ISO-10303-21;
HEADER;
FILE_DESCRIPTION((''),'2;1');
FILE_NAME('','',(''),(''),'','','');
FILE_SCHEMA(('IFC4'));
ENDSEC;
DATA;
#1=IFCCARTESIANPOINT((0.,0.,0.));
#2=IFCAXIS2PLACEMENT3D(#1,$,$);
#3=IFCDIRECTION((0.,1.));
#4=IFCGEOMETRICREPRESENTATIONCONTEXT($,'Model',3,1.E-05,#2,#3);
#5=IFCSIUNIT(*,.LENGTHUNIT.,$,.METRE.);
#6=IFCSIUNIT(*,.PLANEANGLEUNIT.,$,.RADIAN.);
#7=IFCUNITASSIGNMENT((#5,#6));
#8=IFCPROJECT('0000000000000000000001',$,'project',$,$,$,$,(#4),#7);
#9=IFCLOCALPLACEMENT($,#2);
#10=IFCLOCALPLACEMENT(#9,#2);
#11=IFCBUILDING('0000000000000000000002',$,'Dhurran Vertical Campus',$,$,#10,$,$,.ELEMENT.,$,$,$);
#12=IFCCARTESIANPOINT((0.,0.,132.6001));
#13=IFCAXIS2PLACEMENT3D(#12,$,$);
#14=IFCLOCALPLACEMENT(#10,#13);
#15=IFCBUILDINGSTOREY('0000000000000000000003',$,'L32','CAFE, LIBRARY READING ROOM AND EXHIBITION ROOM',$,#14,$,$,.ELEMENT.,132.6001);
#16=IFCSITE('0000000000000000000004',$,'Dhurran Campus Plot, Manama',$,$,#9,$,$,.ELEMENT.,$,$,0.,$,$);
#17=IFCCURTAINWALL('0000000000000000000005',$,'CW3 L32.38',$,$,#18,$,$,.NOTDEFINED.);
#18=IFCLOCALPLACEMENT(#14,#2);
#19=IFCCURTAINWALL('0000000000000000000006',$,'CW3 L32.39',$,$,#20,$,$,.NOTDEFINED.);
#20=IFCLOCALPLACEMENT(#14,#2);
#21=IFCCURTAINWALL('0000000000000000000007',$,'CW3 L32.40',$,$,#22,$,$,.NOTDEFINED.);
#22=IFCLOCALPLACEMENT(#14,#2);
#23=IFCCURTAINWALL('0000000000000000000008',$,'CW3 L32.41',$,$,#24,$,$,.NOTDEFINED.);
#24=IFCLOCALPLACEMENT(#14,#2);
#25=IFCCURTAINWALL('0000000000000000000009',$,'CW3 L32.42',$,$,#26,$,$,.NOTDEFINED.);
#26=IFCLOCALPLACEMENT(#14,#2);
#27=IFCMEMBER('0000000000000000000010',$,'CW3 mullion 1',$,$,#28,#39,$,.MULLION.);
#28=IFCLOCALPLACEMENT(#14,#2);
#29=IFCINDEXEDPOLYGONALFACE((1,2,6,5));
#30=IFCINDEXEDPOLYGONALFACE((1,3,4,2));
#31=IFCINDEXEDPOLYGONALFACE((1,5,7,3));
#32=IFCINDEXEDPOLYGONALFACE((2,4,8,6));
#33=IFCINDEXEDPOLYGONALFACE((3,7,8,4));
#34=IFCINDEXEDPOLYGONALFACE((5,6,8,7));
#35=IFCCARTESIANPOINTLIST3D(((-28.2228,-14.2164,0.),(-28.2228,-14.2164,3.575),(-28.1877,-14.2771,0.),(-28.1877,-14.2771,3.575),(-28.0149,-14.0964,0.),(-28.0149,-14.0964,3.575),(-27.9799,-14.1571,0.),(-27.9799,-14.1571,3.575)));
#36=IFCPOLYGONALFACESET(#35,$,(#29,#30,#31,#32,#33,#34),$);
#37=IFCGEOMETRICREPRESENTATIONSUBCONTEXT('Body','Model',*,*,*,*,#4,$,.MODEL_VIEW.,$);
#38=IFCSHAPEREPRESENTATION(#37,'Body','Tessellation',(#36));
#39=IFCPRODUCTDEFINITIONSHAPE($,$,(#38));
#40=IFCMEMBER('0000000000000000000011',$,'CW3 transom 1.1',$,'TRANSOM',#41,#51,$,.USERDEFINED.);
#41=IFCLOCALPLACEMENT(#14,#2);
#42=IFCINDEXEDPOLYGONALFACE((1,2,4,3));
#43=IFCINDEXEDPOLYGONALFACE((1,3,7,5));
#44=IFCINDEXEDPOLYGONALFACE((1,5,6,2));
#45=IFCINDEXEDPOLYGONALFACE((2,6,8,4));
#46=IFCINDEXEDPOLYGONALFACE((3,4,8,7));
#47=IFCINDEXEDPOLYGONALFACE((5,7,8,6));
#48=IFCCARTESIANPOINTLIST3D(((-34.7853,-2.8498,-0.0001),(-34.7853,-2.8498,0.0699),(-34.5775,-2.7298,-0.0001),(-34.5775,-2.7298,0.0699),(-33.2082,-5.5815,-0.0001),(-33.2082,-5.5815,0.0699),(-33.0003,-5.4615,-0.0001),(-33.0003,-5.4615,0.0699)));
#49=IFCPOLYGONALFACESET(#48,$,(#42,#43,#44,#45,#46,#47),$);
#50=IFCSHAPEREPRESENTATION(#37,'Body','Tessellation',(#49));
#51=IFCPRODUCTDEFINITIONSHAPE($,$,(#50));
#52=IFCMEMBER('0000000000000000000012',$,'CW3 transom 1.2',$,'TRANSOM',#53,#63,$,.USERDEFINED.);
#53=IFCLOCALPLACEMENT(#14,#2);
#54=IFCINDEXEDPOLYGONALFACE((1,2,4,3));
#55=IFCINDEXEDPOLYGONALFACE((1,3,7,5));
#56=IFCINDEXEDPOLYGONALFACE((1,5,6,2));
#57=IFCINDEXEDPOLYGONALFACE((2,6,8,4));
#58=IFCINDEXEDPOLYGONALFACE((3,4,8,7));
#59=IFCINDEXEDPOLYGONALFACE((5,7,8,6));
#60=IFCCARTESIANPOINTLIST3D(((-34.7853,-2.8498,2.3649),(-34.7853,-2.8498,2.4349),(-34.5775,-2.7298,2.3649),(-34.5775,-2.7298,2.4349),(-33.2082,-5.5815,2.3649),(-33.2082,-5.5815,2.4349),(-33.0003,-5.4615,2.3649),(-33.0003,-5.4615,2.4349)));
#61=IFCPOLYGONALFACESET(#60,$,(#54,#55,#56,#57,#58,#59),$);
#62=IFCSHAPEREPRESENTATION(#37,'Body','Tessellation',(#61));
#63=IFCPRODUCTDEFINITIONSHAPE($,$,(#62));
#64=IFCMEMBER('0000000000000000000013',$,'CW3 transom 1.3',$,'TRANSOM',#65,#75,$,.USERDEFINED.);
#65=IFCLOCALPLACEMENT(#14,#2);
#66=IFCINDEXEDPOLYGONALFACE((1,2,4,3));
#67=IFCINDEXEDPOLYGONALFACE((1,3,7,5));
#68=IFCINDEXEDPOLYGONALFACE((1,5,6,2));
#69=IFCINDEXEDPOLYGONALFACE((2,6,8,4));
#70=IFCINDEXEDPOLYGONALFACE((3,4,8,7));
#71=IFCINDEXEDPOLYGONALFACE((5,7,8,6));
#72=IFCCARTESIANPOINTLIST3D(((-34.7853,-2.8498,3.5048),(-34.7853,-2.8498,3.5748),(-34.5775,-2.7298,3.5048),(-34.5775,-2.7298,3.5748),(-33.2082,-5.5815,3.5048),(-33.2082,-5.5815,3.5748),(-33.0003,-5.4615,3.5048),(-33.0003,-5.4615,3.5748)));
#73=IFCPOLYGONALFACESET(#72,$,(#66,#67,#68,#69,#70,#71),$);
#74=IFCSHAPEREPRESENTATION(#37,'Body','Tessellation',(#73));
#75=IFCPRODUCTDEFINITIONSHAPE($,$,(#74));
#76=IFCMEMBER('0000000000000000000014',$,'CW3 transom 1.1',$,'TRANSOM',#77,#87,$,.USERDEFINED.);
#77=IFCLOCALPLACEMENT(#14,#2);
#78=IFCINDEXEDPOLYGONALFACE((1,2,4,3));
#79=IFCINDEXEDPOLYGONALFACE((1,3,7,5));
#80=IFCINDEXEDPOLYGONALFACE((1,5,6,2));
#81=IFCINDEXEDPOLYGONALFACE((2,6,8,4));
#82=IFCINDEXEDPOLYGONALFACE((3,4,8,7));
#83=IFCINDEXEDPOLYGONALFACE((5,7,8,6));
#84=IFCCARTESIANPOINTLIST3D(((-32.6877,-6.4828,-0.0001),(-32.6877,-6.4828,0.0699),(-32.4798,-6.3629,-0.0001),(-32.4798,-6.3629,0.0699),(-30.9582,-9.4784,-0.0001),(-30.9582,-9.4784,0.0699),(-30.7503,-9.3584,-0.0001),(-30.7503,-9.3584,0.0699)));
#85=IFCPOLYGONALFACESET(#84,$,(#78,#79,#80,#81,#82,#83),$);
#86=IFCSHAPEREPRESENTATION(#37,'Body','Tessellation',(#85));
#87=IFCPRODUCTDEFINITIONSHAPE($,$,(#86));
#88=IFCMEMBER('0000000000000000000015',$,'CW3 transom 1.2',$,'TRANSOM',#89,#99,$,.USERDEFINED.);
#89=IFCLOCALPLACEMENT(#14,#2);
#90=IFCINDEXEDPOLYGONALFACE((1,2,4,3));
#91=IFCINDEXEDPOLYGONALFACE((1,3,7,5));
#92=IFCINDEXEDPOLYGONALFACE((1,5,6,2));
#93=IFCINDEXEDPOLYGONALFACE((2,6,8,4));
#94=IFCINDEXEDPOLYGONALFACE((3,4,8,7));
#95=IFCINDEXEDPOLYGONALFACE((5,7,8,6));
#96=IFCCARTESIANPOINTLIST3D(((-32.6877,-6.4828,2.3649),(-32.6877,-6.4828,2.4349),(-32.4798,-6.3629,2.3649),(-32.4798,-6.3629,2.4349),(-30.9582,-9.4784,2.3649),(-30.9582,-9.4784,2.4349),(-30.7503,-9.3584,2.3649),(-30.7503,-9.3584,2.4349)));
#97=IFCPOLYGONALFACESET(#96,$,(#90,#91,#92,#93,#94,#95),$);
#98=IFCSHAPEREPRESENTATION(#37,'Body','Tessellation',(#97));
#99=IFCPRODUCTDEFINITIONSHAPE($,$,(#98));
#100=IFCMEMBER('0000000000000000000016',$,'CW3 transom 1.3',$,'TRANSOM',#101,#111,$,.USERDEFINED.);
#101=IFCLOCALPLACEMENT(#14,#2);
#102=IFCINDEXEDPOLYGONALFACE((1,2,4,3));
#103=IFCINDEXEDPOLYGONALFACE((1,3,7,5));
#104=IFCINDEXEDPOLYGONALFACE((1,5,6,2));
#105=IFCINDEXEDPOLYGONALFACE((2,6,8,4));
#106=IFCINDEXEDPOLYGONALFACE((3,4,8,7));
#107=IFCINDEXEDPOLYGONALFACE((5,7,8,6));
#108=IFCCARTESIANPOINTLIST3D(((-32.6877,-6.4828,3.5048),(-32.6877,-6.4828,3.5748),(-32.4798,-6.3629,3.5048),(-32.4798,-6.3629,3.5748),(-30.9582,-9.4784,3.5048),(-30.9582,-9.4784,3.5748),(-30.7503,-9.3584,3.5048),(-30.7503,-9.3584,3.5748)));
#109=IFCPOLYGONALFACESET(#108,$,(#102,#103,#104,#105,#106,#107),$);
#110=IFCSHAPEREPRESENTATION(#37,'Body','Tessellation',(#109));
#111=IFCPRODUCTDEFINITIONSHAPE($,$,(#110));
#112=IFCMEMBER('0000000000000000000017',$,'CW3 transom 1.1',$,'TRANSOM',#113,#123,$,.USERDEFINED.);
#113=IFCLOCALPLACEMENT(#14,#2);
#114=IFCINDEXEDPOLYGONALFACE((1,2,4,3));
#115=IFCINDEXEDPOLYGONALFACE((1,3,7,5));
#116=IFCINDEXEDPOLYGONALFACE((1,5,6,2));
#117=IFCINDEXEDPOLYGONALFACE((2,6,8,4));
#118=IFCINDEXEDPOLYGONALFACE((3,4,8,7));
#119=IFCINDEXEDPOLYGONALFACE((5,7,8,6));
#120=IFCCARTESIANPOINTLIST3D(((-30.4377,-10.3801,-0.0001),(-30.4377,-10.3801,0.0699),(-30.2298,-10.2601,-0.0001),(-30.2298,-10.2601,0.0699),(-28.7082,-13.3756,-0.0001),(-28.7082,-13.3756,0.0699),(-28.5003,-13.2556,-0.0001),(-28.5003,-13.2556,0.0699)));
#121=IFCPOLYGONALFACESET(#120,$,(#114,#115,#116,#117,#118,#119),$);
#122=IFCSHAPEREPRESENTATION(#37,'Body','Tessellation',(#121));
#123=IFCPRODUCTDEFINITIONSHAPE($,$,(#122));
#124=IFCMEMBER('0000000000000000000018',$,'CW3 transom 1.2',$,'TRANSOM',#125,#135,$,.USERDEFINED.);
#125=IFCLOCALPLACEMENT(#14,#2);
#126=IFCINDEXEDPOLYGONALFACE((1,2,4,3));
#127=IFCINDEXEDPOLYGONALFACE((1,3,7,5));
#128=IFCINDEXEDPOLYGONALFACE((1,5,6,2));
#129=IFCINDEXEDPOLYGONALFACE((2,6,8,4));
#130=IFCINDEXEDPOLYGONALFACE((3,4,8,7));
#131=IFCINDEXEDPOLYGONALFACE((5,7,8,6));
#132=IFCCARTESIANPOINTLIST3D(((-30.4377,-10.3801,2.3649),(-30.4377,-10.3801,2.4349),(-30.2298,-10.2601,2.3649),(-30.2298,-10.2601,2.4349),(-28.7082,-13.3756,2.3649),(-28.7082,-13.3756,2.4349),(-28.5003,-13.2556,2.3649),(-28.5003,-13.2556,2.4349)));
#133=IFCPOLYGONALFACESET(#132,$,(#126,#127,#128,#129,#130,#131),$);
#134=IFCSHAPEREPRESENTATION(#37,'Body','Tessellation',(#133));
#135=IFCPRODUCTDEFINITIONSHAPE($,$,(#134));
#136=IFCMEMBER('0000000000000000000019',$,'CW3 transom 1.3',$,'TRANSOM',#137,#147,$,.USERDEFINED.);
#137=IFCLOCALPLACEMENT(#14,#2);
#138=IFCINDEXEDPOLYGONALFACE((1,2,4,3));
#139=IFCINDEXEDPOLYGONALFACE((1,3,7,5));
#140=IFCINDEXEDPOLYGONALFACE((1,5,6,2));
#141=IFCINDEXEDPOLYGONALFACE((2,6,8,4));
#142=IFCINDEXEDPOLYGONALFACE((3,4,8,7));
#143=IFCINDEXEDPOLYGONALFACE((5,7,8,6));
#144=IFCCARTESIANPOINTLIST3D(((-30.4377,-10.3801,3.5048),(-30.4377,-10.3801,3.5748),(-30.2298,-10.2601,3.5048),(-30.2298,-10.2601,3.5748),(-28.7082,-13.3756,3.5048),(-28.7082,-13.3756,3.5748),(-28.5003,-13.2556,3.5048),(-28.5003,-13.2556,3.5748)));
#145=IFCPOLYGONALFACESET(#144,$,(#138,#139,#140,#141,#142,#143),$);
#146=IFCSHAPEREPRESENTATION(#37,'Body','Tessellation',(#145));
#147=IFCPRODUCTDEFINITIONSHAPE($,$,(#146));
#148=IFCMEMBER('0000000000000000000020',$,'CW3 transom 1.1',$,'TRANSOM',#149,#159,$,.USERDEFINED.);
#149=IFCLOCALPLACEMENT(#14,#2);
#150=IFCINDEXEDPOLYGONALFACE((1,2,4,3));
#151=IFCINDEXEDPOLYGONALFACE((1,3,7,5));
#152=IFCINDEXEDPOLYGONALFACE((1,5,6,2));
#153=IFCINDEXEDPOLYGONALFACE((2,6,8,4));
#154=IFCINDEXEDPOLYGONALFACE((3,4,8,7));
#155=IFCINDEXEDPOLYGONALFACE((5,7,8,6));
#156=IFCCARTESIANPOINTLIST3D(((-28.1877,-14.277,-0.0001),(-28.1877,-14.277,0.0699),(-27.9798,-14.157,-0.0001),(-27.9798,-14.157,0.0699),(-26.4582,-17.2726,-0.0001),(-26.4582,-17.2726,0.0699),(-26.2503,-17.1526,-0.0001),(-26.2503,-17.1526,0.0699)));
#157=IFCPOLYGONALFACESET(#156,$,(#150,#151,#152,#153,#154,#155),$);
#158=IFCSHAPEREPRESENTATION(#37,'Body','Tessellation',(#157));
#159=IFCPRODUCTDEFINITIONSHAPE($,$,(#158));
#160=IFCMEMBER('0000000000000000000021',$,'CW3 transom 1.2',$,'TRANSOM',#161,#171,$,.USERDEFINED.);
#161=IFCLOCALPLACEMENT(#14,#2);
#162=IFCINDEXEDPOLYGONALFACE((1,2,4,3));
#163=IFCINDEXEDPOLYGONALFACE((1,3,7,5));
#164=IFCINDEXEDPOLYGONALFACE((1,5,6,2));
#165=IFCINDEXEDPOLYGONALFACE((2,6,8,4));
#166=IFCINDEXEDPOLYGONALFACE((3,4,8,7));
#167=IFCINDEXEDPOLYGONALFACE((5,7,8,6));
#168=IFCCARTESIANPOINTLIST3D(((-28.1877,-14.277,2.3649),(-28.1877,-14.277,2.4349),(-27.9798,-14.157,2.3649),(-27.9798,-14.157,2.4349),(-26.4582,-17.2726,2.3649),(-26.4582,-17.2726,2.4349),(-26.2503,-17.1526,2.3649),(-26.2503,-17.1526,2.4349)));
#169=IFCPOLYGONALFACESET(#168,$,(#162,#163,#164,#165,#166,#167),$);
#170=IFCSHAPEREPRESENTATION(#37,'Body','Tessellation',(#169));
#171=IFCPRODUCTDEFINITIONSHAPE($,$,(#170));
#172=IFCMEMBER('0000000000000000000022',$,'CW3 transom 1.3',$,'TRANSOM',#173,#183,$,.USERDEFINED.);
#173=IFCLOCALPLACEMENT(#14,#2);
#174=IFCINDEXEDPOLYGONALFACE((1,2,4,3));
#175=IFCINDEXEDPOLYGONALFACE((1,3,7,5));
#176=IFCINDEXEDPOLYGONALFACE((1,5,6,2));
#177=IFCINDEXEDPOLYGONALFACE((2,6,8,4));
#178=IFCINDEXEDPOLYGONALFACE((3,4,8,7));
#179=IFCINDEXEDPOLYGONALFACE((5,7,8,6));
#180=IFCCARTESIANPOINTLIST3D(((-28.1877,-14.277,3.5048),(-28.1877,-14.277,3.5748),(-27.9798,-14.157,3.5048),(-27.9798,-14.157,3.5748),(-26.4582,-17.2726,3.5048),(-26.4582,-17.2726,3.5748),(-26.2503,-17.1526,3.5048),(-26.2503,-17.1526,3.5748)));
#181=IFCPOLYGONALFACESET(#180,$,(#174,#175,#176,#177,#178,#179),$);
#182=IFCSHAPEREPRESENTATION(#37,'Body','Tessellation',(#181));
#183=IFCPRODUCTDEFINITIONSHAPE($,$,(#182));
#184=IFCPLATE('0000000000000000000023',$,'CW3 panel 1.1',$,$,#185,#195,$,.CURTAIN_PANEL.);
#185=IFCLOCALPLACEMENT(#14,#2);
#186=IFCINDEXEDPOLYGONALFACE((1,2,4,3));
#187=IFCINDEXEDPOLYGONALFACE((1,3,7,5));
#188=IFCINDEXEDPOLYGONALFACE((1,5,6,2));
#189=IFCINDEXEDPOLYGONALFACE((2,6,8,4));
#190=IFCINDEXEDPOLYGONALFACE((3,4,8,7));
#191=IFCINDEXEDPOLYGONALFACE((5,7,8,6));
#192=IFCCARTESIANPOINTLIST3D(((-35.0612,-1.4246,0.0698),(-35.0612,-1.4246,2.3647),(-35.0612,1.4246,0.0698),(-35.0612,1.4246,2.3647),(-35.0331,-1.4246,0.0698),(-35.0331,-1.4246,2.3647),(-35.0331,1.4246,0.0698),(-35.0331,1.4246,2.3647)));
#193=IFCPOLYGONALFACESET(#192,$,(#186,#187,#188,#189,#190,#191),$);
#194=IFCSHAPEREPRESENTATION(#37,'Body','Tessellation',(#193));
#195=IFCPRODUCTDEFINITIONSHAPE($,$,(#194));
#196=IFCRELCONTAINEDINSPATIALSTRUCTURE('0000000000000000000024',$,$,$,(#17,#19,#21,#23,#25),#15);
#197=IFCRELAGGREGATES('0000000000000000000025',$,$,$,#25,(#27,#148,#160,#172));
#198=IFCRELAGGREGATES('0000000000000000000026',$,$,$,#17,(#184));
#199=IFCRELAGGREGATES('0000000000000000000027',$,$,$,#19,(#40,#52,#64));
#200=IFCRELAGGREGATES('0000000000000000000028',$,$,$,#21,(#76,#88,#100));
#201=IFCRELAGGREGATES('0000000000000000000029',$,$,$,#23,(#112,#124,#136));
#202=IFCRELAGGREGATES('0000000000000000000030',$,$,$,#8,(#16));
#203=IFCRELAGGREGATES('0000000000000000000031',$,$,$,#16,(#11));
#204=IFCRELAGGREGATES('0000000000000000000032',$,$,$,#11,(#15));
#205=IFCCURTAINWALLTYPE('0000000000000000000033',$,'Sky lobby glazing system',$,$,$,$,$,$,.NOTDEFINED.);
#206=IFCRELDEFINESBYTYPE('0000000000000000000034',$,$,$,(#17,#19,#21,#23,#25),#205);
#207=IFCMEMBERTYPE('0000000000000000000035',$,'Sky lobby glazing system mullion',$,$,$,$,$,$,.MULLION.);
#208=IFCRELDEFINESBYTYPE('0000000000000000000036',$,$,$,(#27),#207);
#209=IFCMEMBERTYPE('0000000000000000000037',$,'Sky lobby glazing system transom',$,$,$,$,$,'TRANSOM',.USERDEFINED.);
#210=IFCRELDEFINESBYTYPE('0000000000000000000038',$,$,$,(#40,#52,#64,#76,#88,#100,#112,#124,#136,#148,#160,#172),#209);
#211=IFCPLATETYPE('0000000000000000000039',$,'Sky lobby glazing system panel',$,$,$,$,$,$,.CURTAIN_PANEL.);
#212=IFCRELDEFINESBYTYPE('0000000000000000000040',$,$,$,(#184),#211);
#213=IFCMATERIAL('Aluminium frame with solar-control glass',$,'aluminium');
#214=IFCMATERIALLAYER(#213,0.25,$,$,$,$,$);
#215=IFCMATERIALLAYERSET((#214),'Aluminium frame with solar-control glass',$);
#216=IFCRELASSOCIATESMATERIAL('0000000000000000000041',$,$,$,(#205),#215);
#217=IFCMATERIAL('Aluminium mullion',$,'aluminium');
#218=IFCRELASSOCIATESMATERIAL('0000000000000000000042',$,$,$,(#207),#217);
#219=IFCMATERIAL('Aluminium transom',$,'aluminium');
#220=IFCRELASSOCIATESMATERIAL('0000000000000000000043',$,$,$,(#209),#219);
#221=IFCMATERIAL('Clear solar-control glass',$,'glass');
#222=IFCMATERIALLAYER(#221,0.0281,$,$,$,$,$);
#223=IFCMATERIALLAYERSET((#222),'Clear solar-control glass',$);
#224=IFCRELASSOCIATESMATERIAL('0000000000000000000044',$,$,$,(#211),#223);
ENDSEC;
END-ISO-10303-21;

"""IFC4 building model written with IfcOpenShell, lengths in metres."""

from ifc_helpers import new_model, si_unit, direction, frame, origin, origin_2d, place, context, subcontext, project, spatial, rectangle, extrude, material, layer, layer_set, material_profile, profile_set, type_object, element, aggregate, save


model = new_model("IFC4")

# Units and contexts
model_context = context("Model", 3, precision=1e-05, world=origin(), true_north=direction((0.0, 1.0)))
body_context = subcontext(model_context, "Body", "Model", "MODEL_VIEW")
ifc_project = project(units=[si_unit("LENGTHUNIT", "METRE"), si_unit("PLANEANGLEUNIT", "RADIAN")], contexts=[model_context])

# Site, building, storey
site_placement = place(None, origin())
site = spatial("IfcSite", under=ifc_project, at=site_placement, Name="Dhurran Campus Plot, Manama", CompositionType="ELEMENT", RefElevation=0.0)
building_placement = place(site_placement, origin())
building = spatial("IfcBuilding", under=site, at=building_placement, Name="Dhurran Vertical Campus", CompositionType="ELEMENT")
storey_placement = place(building_placement, frame((0.0, 0.0, 132.6001)))
storey = spatial("IfcBuildingStorey", under=building, at=storey_placement, Name="L32", Description="CAFE, LIBRARY READING ROOM AND EXHIBITION ROOM", CompositionType="ELEMENT", Elevation=132.6001)

# Curtain wall
ifc_material_1 = material(Name="Aluminium frame with solar-control glass", Category="aluminium")
ifc_layer_1 = layer(ifc_material_1, 0.25)
ifc_layer_set_1 = layer_set([ifc_layer_1], Name="Aluminium frame with solar-control glass")
curtain_wall_type = type_object("IfcCurtainWallType", Name="Sky lobby glazing system", PredefinedType="NOTDEFINED", material=ifc_layer_set_1)
curtain_wall_1_placement = place(storey_placement, origin())
curtain_wall_1 = element("IfcCurtainWall", 1, at=curtain_wall_1_placement, inside=storey, type_object=curtain_wall_type, Name="CW3 L32.38", PredefinedType="NOTDEFINED")
ifc_material_2 = material(Name="Aluminium mullion", Category="aluminium")
ifc_material_profile_1 = material_profile(ifc_material_2, rectangle(XDim=0.24, YDim=0.0701, at=origin_2d()), Name="Sky lobby glazing system mullion")
ifc_profile_set_1 = profile_set([ifc_material_profile_1], Name="Aluminium mullion")
member_type_1 = type_object("IfcMemberType", Name="Sky lobby glazing system mullion", PredefinedType="MULLION", material=ifc_profile_set_1)

# Curtain walls
curtain_wall_2_placement = place(storey_placement, origin())
curtain_wall_2 = element("IfcCurtainWall", 2, at=curtain_wall_2_placement, inside=storey, type_object=curtain_wall_type, Name="CW3 L32.39", PredefinedType="NOTDEFINED")
curtain_wall_3_placement = place(storey_placement, origin())
curtain_wall_3 = element("IfcCurtainWall", 3, at=curtain_wall_3_placement, inside=storey, type_object=curtain_wall_type, Name="CW3 L32.40", PredefinedType="NOTDEFINED")
curtain_wall_4_placement = place(storey_placement, origin())
curtain_wall_4 = element("IfcCurtainWall", 4, at=curtain_wall_4_placement, inside=storey, type_object=curtain_wall_type, Name="CW3 L32.41", PredefinedType="NOTDEFINED")

# Curtain wall, member
curtain_wall_5_placement = place(storey_placement, origin())
curtain_wall_5 = element("IfcCurtainWall", 5, at=curtain_wall_5_placement, inside=storey, type_object=curtain_wall_type, Name="CW3 L32.42", PredefinedType="NOTDEFINED")
member_1_placement = place(storey_placement, frame((-28.1013, -14.1868, 0.0), z_axis=(0.0, 0.0, 1.0), x_axis=(0.866024, 0.500003, 0.0)))
member_1 = element("IfcMember", 6, at=member_1_placement, type_object=member_type_1, Name="CW3 mullion 1", PredefinedType="MULLION", context=body_context, shape_type="SweptSolid", body=[
    extrude(rectangle(XDim=0.24, YDim=0.0701, at=origin_2d()), origin(), (0.0, 0.0, 1.0), 3.575),
])

# Members
ifc_material_3 = material(Name="Aluminium transom", Category="aluminium")
ifc_material_profile_2 = material_profile(ifc_material_3, rectangle(XDim=0.24, YDim=0.0701, at=origin_2d()), Name="Sky lobby glazing system transom")
ifc_profile_set_2 = profile_set([ifc_material_profile_2], Name="Aluminium transom")
member_type_2 = type_object("IfcMemberType", Name="Sky lobby glazing system transom", ElementType="TRANSOM", PredefinedType="USERDEFINED", material=ifc_profile_set_2)
member_2_placement = place(storey_placement, frame((-34.6814, -2.7898, 0.0349), z_axis=(0.500002, -0.866024, 0.0), x_axis=(0.866024, 0.500002, 0.0)))
member_2 = element("IfcMember", 7, at=member_2_placement, type_object=member_type_2, Name="CW3 transom 1.1", ObjectType="TRANSOM", PredefinedType="USERDEFINED", context=body_context, shape_type="SweptSolid", body=[
    extrude(rectangle(XDim=0.24, YDim=0.0701, at=origin_2d()), origin(), (0.0, 0.0, 1.0), 3.1543),
])
member_3_placement = place(storey_placement, frame((-34.6814, -2.7898, 2.3999), z_axis=(0.500002, -0.866024, 0.0), x_axis=(0.866024, 0.500002, 0.0)))
member_3 = element("IfcMember", 8, at=member_3_placement, type_object=member_type_2, Name="CW3 transom 1.2", ObjectType="TRANSOM", PredefinedType="USERDEFINED", context=body_context, shape_type="SweptSolid", body=[
    extrude(rectangle(XDim=0.24, YDim=0.0701, at=origin_2d()), origin(), (0.0, 0.0, 1.0), 3.1543),
])
member_4_placement = place(storey_placement, frame((-34.6814, -2.7898, 3.5398), z_axis=(0.500002, -0.866024, 0.0), x_axis=(0.866024, 0.500002, 0.0)))
member_4 = element("IfcMember", 9, at=member_4_placement, type_object=member_type_2, Name="CW3 transom 1.3", ObjectType="TRANSOM", PredefinedType="USERDEFINED", context=body_context, shape_type="SweptSolid", body=[
    extrude(rectangle(XDim=0.24, YDim=0.0701, at=origin_2d()), origin(), (0.0, 0.0, 1.0), 3.1543),
])
member_5_placement = place(storey_placement, frame((-32.5837, -6.4229, 0.0349), z_axis=(0.499995, -0.866028, 0.0), x_axis=(0.866028, 0.499995, 0.0)))
member_5 = element("IfcMember", 10, at=member_5_placement, type_object=member_type_2, Name="CW3 transom 1.1", ObjectType="TRANSOM", PredefinedType="USERDEFINED", context=body_context, shape_type="SweptSolid", body=[
    extrude(rectangle(XDim=0.24, YDim=0.0701, at=origin_2d()), origin(), (0.0, 0.0, 1.0), 3.459),
])
member_6_placement = place(storey_placement, frame((-32.5837, -6.4229, 2.3999), z_axis=(0.499995, -0.866028, 0.0), x_axis=(0.866028, 0.499995, 0.0)))
member_6 = element("IfcMember", 11, at=member_6_placement, type_object=member_type_2, Name="CW3 transom 1.2", ObjectType="TRANSOM", PredefinedType="USERDEFINED", context=body_context, shape_type="SweptSolid", body=[
    extrude(rectangle(XDim=0.24, YDim=0.0701, at=origin_2d()), origin(), (0.0, 0.0, 1.0), 3.459),
])
member_7_placement = place(storey_placement, frame((-32.5837, -6.4229, 3.5398), z_axis=(0.499995, -0.866028, 0.0), x_axis=(0.866028, 0.499995, 0.0)))
member_7 = element("IfcMember", 12, at=member_7_placement, type_object=member_type_2, Name="CW3 transom 1.3", ObjectType="TRANSOM", PredefinedType="USERDEFINED", context=body_context, shape_type="SweptSolid", body=[
    extrude(rectangle(XDim=0.24, YDim=0.0701, at=origin_2d()), origin(), (0.0, 0.0, 1.0), 3.459),
])
member_8_placement = place(storey_placement, frame((-30.3337, -10.3201, 0.0349), z_axis=(0.499995, -0.866028, 0.0), x_axis=(0.866028, 0.499995, 0.0)))
member_8 = element("IfcMember", 13, at=member_8_placement, type_object=member_type_2, Name="CW3 transom 1.1", ObjectType="TRANSOM", PredefinedType="USERDEFINED", context=body_context, shape_type="SweptSolid", body=[
    extrude(rectangle(XDim=0.24, YDim=0.0701, at=origin_2d()), origin(), (0.0, 0.0, 1.0), 3.459),
])
member_9_placement = place(storey_placement, frame((-30.3337, -10.3201, 2.3999), z_axis=(0.499995, -0.866028, 0.0), x_axis=(0.866028, 0.499995, 0.0)))
member_9 = element("IfcMember", 14, at=member_9_placement, type_object=member_type_2, Name="CW3 transom 1.2", ObjectType="TRANSOM", PredefinedType="USERDEFINED", context=body_context, shape_type="SweptSolid", body=[
    extrude(rectangle(XDim=0.24, YDim=0.0701, at=origin_2d()), origin(), (0.0, 0.0, 1.0), 3.459),
])
member_10_placement = place(storey_placement, frame((-30.3337, -10.3201, 3.5398), z_axis=(0.499995, -0.866028, 0.0), x_axis=(0.866028, 0.499995, 0.0)))
member_10 = element("IfcMember", 15, at=member_10_placement, type_object=member_type_2, Name="CW3 transom 1.3", ObjectType="TRANSOM", PredefinedType="USERDEFINED", context=body_context, shape_type="SweptSolid", body=[
    extrude(rectangle(XDim=0.24, YDim=0.0701, at=origin_2d()), origin(), (0.0, 0.0, 1.0), 3.459),
])
member_11_placement = place(storey_placement, frame((-28.0837, -14.217, 0.0349), z_axis=(0.499995, -0.866028, 0.0), x_axis=(0.866028, 0.499995, 0.0)))
member_11 = element("IfcMember", 16, at=member_11_placement, type_object=member_type_2, Name="CW3 transom 1.1", ObjectType="TRANSOM", PredefinedType="USERDEFINED", context=body_context, shape_type="SweptSolid", body=[
    extrude(rectangle(XDim=0.24, YDim=0.0701, at=origin_2d()), origin(), (0.0, 0.0, 1.0), 3.459),
])
member_12_placement = place(storey_placement, frame((-28.0837, -14.217, 2.3999), z_axis=(0.499995, -0.866028, 0.0), x_axis=(0.866028, 0.499995, 0.0)))
member_12 = element("IfcMember", 17, at=member_12_placement, type_object=member_type_2, Name="CW3 transom 1.2", ObjectType="TRANSOM", PredefinedType="USERDEFINED", context=body_context, shape_type="SweptSolid", body=[
    extrude(rectangle(XDim=0.24, YDim=0.0701, at=origin_2d()), origin(), (0.0, 0.0, 1.0), 3.459),
])
member_13_placement = place(storey_placement, frame((-28.0837, -14.217, 3.5398), z_axis=(0.499995, -0.866028, 0.0), x_axis=(0.866028, 0.499995, 0.0)))
member_13 = element("IfcMember", 18, at=member_13_placement, type_object=member_type_2, Name="CW3 transom 1.3", ObjectType="TRANSOM", PredefinedType="USERDEFINED", context=body_context, shape_type="SweptSolid", body=[
    extrude(rectangle(XDim=0.24, YDim=0.0701, at=origin_2d()), origin(), (0.0, 0.0, 1.0), 3.459),
])
aggregate(curtain_wall_5, [member_1, member_11, member_12, member_13])

# Plate
ifc_material_4 = material(Name="Clear solar-control glass", Category="glass")
ifc_layer_2 = layer(ifc_material_4, 0.0281)
ifc_layer_set_2 = layer_set([ifc_layer_2], Name="Clear solar-control glass")
plate_type = type_object("IfcPlateType", Name="Sky lobby glazing system panel", PredefinedType="CURTAIN_PANEL", material=ifc_layer_set_2)
plate_1_placement = place(storey_placement, frame((-35.0471, 0.0, 0.0698), z_axis=(0.0, 0.0, 1.0), x_axis=(0.0, -1.0, 0.0)))
plate_1 = element("IfcPlate", 19, at=plate_1_placement, type_object=plate_type, Name="CW3 panel 1.1", PredefinedType="CURTAIN_PANEL", context=body_context, shape_type="SweptSolid", body=[
    extrude(rectangle(XDim=2.8491, YDim=0.0281, at=origin_2d()), origin(), (0.0, 0.0, 1.0), 2.2949),
])
aggregate(curtain_wall_1, [plate_1])
aggregate(curtain_wall_2, [member_2, member_3, member_4])
aggregate(curtain_wall_3, [member_5, member_6, member_7])
aggregate(curtain_wall_4, [member_8, member_9, member_10])

save(model, "model.ifc")
